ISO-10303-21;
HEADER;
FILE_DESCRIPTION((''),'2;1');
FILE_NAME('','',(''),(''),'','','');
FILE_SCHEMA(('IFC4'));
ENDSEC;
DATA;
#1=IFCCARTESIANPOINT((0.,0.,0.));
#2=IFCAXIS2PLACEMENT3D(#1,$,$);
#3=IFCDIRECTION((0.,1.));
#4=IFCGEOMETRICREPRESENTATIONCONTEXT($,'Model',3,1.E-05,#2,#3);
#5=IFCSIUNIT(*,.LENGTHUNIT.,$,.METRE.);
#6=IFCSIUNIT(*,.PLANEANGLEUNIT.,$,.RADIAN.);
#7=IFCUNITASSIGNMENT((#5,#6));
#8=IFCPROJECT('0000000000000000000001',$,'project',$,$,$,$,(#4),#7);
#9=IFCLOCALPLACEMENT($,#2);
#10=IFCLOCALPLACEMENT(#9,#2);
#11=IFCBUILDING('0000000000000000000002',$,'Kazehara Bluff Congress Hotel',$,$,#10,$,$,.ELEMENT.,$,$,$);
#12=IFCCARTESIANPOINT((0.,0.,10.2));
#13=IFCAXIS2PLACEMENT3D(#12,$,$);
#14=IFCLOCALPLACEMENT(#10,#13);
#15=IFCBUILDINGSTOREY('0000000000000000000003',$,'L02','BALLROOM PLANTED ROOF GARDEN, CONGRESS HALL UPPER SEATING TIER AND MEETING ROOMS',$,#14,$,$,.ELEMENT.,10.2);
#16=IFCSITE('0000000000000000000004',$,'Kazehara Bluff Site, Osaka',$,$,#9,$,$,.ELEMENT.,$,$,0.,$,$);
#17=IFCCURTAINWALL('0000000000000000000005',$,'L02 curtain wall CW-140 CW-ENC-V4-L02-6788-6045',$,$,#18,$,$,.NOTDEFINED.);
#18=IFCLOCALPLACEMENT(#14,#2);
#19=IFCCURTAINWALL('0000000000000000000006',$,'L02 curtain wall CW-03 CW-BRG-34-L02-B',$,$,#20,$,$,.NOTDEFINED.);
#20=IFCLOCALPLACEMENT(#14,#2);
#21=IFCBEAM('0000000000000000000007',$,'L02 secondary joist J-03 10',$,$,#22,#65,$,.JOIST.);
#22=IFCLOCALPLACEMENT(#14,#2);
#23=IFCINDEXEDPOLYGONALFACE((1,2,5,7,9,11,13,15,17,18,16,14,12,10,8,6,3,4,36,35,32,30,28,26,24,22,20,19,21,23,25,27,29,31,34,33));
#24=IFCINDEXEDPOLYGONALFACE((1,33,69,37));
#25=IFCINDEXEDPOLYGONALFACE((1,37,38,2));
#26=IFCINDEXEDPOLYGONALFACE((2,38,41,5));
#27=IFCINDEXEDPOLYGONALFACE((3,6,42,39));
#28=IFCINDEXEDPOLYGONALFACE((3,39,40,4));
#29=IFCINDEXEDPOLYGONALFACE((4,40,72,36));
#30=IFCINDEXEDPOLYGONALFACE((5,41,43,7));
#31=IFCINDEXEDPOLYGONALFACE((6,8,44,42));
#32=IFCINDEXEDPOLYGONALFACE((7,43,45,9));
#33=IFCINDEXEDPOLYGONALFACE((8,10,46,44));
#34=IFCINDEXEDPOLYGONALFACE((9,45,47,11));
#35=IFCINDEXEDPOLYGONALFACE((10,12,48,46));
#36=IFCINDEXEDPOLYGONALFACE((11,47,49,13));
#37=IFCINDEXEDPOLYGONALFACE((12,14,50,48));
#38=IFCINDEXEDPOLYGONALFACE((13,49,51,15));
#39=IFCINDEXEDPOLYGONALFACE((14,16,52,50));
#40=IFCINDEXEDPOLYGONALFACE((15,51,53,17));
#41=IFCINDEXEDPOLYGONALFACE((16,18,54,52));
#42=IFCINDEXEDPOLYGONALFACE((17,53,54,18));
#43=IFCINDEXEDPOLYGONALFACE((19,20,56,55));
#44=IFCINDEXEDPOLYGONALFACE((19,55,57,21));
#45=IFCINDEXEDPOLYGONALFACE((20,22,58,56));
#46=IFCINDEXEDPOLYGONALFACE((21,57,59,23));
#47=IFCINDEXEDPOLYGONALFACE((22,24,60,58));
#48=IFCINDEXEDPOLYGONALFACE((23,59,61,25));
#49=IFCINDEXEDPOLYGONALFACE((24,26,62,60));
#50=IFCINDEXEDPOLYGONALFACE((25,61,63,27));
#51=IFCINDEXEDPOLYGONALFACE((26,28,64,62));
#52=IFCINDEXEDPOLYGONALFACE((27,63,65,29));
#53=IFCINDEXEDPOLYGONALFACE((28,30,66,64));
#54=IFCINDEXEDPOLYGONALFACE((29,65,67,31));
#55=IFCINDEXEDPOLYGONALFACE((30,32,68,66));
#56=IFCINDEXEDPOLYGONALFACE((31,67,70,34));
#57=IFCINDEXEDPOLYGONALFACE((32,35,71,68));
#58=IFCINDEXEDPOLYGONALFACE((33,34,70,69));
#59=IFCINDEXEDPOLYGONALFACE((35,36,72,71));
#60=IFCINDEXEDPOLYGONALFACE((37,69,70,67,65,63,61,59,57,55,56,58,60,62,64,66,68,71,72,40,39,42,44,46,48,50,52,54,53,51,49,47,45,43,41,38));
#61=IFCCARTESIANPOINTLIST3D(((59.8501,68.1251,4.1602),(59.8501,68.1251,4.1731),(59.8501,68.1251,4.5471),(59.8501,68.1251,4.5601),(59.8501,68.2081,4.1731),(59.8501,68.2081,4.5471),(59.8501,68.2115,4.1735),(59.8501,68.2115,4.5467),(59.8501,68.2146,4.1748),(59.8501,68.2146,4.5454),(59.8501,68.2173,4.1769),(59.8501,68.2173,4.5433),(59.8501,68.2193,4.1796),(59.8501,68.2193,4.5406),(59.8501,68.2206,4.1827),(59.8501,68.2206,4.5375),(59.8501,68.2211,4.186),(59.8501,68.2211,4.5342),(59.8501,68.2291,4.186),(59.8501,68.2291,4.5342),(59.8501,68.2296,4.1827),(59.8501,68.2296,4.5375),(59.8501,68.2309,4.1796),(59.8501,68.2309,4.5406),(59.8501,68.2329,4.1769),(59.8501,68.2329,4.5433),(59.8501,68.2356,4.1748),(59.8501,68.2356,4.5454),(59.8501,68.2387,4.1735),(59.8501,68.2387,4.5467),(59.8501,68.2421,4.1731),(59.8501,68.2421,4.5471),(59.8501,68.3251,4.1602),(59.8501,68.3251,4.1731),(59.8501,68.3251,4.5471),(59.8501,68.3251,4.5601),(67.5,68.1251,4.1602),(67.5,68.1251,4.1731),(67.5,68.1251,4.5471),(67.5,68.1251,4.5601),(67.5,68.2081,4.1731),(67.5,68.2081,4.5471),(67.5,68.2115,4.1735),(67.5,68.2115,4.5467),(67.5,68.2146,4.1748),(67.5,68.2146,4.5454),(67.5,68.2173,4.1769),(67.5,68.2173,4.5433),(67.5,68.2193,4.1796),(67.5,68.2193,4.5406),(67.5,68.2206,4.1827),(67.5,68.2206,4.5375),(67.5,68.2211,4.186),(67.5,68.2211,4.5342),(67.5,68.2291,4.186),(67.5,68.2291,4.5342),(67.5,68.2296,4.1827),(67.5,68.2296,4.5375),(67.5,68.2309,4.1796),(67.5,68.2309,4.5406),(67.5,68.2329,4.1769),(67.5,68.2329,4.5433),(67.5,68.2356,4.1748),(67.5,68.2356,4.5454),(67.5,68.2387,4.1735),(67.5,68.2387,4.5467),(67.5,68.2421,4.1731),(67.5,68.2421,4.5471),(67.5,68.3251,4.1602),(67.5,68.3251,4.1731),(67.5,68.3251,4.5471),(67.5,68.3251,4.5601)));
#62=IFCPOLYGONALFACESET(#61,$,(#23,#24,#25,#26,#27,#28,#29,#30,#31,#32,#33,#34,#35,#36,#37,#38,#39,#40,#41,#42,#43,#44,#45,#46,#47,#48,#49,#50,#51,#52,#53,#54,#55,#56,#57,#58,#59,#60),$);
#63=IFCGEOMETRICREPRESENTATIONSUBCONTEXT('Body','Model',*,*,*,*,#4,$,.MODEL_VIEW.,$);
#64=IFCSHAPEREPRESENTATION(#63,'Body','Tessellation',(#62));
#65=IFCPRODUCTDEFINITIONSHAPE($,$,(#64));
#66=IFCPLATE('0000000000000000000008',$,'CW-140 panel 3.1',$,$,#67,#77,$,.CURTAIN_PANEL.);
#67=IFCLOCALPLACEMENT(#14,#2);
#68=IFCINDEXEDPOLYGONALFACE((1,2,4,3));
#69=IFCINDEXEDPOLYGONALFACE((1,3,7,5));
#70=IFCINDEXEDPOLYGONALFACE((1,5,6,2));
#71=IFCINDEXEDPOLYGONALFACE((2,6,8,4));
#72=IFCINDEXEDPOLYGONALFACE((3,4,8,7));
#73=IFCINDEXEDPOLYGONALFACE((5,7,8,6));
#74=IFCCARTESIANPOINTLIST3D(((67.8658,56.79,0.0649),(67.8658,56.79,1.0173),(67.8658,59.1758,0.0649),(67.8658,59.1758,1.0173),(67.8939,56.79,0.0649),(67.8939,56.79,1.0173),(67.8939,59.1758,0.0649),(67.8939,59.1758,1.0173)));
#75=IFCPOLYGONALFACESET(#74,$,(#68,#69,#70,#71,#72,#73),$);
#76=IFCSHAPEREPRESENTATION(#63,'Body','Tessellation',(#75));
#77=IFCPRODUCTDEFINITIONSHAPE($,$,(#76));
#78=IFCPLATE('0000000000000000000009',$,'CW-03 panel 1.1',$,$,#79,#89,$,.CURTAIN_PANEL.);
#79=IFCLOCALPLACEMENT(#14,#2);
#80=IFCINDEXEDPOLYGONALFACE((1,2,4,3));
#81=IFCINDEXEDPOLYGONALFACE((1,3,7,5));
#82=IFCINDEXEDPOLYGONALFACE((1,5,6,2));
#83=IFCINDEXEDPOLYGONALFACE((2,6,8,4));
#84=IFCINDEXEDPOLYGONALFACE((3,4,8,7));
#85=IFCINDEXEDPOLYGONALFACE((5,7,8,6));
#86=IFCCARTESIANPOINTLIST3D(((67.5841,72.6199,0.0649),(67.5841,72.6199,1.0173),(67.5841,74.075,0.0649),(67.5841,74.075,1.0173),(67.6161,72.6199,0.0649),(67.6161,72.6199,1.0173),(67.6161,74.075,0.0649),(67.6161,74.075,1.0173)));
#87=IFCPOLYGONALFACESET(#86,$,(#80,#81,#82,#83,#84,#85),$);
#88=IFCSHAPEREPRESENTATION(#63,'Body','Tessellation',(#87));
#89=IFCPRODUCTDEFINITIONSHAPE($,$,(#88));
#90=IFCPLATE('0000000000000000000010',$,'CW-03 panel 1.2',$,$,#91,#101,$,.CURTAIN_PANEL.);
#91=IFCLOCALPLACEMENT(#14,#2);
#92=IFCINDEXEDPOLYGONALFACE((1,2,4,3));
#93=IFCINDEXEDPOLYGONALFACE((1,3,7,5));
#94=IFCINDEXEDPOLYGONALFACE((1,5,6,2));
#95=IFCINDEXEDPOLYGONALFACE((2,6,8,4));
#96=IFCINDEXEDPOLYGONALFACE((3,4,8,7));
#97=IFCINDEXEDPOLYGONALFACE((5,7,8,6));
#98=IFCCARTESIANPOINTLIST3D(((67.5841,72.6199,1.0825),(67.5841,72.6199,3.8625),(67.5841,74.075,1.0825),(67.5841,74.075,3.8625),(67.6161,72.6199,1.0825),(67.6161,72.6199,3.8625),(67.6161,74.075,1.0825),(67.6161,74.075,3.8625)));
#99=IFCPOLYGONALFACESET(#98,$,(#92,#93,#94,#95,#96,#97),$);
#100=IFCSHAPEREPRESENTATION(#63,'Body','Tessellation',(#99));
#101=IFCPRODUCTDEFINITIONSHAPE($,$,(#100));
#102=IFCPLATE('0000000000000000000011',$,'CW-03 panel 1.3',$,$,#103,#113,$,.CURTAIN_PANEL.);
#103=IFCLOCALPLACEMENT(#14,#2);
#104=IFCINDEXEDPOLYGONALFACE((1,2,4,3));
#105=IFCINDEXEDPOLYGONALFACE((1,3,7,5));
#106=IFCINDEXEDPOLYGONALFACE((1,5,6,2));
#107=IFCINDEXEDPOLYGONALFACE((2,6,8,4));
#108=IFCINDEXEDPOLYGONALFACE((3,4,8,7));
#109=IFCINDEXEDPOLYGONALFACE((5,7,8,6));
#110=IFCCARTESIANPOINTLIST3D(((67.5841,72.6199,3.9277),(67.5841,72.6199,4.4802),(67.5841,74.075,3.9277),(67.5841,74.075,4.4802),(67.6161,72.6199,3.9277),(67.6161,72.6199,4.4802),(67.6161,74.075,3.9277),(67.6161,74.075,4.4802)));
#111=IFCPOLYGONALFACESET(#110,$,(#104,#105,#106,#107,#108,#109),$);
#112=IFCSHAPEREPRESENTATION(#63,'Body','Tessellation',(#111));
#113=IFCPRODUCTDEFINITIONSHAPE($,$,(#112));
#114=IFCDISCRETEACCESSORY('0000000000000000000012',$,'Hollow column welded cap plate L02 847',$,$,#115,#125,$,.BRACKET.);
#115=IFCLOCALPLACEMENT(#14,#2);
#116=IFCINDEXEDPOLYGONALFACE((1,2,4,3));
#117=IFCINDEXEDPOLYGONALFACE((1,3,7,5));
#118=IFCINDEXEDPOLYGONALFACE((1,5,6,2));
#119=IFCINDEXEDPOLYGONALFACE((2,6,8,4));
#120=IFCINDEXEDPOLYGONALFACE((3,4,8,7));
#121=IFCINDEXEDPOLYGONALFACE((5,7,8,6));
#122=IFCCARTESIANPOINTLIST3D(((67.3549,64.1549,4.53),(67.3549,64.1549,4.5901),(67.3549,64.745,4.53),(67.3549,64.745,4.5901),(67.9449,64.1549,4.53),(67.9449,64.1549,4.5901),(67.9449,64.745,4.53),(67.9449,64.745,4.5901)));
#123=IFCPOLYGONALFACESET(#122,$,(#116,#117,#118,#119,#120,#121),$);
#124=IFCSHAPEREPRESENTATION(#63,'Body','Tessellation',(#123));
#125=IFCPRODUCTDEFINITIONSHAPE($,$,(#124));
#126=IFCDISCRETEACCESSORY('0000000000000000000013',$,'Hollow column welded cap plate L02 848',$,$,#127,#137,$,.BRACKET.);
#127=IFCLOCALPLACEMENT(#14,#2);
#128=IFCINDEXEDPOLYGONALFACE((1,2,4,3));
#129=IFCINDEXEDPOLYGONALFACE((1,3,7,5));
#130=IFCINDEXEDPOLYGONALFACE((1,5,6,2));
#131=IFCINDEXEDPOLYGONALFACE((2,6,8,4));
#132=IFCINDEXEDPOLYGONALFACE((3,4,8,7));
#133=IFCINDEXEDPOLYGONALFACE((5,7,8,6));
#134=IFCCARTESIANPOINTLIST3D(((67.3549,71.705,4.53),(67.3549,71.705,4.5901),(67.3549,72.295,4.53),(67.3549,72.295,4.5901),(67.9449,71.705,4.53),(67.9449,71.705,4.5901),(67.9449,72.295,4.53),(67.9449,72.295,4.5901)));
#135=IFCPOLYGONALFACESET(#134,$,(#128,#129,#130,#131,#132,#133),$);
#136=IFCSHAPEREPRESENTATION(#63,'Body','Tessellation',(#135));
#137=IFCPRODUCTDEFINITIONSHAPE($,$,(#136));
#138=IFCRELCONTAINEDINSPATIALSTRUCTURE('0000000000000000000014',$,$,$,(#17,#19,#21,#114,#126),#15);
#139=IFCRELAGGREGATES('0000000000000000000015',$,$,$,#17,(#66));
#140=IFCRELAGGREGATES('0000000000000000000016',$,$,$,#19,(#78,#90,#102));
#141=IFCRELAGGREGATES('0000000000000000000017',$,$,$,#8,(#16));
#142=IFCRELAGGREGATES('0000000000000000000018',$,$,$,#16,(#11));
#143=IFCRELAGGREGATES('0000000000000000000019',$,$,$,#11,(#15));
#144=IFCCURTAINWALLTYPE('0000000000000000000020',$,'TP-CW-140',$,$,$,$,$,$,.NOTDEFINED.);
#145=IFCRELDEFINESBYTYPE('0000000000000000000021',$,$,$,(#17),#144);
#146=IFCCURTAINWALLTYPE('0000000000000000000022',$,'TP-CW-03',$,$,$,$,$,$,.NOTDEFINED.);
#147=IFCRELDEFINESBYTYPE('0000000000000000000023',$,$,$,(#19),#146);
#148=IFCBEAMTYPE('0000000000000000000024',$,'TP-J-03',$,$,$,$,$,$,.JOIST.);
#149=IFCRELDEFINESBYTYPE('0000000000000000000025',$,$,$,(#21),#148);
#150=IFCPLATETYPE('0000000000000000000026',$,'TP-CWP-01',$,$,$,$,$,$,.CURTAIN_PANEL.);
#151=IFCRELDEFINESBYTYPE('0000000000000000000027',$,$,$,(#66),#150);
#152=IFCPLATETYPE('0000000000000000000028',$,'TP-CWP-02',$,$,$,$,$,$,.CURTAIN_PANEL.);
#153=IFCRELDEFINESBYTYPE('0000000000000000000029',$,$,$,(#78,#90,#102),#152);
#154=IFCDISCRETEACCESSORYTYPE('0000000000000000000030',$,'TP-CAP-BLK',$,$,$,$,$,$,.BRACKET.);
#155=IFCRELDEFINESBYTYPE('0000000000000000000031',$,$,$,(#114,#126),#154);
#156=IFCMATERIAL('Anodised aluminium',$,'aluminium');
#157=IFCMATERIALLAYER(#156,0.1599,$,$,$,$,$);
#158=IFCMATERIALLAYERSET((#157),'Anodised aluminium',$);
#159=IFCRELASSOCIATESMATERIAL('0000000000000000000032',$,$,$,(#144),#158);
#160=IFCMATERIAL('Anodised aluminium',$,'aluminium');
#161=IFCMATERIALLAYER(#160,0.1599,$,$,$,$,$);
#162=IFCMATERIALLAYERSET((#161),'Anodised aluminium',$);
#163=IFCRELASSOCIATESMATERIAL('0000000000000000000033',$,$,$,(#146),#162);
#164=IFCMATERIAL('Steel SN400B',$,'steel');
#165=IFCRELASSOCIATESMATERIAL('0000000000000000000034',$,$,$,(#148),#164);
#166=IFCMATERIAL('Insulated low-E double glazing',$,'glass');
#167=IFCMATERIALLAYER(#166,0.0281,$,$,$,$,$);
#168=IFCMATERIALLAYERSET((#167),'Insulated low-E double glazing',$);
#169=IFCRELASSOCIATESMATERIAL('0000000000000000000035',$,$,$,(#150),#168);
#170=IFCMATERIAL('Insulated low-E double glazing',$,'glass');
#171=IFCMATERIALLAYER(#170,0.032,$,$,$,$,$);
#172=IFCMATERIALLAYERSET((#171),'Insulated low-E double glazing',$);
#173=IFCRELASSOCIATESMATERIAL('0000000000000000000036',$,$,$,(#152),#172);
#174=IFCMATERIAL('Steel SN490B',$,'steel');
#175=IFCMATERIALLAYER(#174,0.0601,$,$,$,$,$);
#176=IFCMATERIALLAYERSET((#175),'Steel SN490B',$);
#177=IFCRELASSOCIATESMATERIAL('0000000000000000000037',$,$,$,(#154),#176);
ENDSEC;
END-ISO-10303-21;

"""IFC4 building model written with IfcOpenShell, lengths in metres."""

from ifc_helpers import new_model, si_unit, direction, frame, origin, origin_2d, place, context, subcontext, project, spatial, rectangle, i_section, extrude, material, layer, layer_set, material_profile, profile_set, type_object, element, aggregate, save


model = new_model("IFC4")

# Units and contexts
model_context = context("Model", 3, precision=1e-05, world=origin(), true_north=direction((0.0, 1.0)))
body_context = subcontext(model_context, "Body", "Model", "MODEL_VIEW")
ifc_project = project(units=[si_unit("LENGTHUNIT", "METRE"), si_unit("PLANEANGLEUNIT", "RADIAN")], contexts=[model_context])

# Site, building, storey
site_placement = place(None, origin())
site = spatial("IfcSite", under=ifc_project, at=site_placement, Name="Kazehara Bluff Site, Osaka", CompositionType="ELEMENT", RefElevation=0.0)
building_placement = place(site_placement, origin())
building = spatial("IfcBuilding", under=site, at=building_placement, Name="Kazehara Bluff Congress Hotel", CompositionType="ELEMENT")
storey_placement = place(building_placement, frame((0.0, 0.0, 10.2)))
storey = spatial("IfcBuildingStorey", under=building, at=storey_placement, Name="L02", Description="BALLROOM PLANTED ROOF GARDEN, CONGRESS HALL UPPER SEATING TIER AND MEETING ROOMS", CompositionType="ELEMENT", Elevation=10.2)

# Curtain wall
ifc_material_1 = material(Name="Anodised aluminium", Category="aluminium")
ifc_layer_1 = layer(ifc_material_1, 0.1599)
ifc_layer_set_1 = layer_set([ifc_layer_1], Name="Anodised aluminium")
curtain_wall_type_1 = type_object("IfcCurtainWallType", Name="TP-CW-140", PredefinedType="NOTDEFINED", material=ifc_layer_set_1)
curtain_wall_1_placement = place(storey_placement, origin())
curtain_wall_1 = element("IfcCurtainWall", 1, at=curtain_wall_1_placement, inside=storey, type_object=curtain_wall_type_1, Name="L02 curtain wall CW-140 CW-ENC-V4-L02-6788-6045", PredefinedType="NOTDEFINED")

# Curtain wall
ifc_material_2 = material(Name="Anodised aluminium", Category="aluminium")
ifc_layer_2 = layer(ifc_material_2, 0.1599)
ifc_layer_set_2 = layer_set([ifc_layer_2], Name="Anodised aluminium")
curtain_wall_type_2 = type_object("IfcCurtainWallType", Name="TP-CW-03", PredefinedType="NOTDEFINED", material=ifc_layer_set_2)
curtain_wall_2_placement = place(storey_placement, origin())
curtain_wall_2 = element("IfcCurtainWall", 2, at=curtain_wall_2_placement, inside=storey, type_object=curtain_wall_type_2, Name="L02 curtain wall CW-03 CW-BRG-34-L02-B", PredefinedType="NOTDEFINED")

# Beam
ifc_material_3 = material(Name="Steel SN400B", Category="steel")
ifc_material_profile_1 = material_profile(ifc_material_3, i_section(OverallWidth=0.2, OverallDepth=0.3999, WebThickness=0.0081, FlangeThickness=0.0129, FilletRadius=0.0129, at=origin_2d()))
ifc_profile_set_1 = profile_set([ifc_material_profile_1], Name="Steel SN400B")
beam_type_1 = type_object("IfcBeamType", Name="TP-J-03", PredefinedType="JOIST", material=ifc_profile_set_1)
for number, where, z_axis, x_axis, name in (
    (3, (59.8501, 68.2251, 4.3601), (1.0, 0.0, 0.0), (0.0, 1.0, 0.0), "L02 secondary joist J-03 10"),
):
    element("IfcBeam", number, at=place(storey_placement, frame(where, z_axis=z_axis, x_axis=x_axis)), inside=storey, type_object=beam_type_1, Name=name, PredefinedType="JOIST", context=body_context, shape_type="SweptSolid", body=[
        extrude(i_section(OverallWidth=0.2, OverallDepth=0.3999, WebThickness=0.0081, FlangeThickness=0.0129, FilletRadius=0.0129, at=origin_2d()), origin(), (0.0, 0.0, 1.0), 7.6499),
    ])

# Plates
ifc_material_4 = material(Name="Insulated low-E double glazing", Category="glass")
ifc_layer_3 = layer(ifc_material_4, 0.0281)
ifc_layer_set_3 = layer_set([ifc_layer_3], Name="Insulated low-E double glazing")
plate_type_1 = type_object("IfcPlateType", Name="TP-CWP-01", PredefinedType="CURTAIN_PANEL", material=ifc_layer_set_3)
plate_1_placement = place(storey_placement, frame((67.8799, 57.9829, 0.0649), z_axis=(0.0, 0.0, 1.0), x_axis=(0.0, -1.0, 0.0)))
plate_1 = element("IfcPlate", 4, at=plate_1_placement, type_object=plate_type_1, Name="CW-140 panel 3.1", PredefinedType="CURTAIN_PANEL", context=body_context, shape_type="SweptSolid", body=[
    extrude(rectangle(XDim=2.3857, YDim=0.0281, at=origin_2d()), origin(), (0.0, 0.0, 1.0), 0.9524),
])
aggregate(curtain_wall_1, [plate_1])
ifc_material_5 = material(Name="Insulated low-E double glazing", Category="glass")
ifc_layer_4 = layer(ifc_material_5, 0.032)
ifc_layer_set_4 = layer_set([ifc_layer_4], Name="Insulated low-E double glazing")
plate_type_2 = type_object("IfcPlateType", Name="TP-CWP-02", PredefinedType="CURTAIN_PANEL", material=ifc_layer_set_4)
plate_2_placement = place(storey_placement, frame((67.6001, 73.3474, 0.0649), z_axis=(0.0, 0.0, 1.0), x_axis=(0.0, 1.0, 0.0)))
plate_2 = element("IfcPlate", 5, at=plate_2_placement, type_object=plate_type_2, Name="CW-03 panel 1.1", PredefinedType="CURTAIN_PANEL", context=body_context, shape_type="SweptSolid", body=[
    extrude(rectangle(XDim=1.4551, YDim=0.032, at=origin_2d()), origin(), (0.0, 0.0, 1.0), 0.9524),
])
plate_3_placement = place(storey_placement, frame((67.6001, 73.3474, 1.0825), z_axis=(0.0, 0.0, 1.0), x_axis=(0.0, 1.0, 0.0)))
plate_3 = element("IfcPlate", 6, at=plate_3_placement, type_object=plate_type_2, Name="CW-03 panel 1.2", PredefinedType="CURTAIN_PANEL", context=body_context, shape_type="SweptSolid", body=[
    extrude(rectangle(XDim=1.4551, YDim=0.032, at=origin_2d()), origin(), (0.0, 0.0, 1.0), 2.78),
])
plate_4_placement = place(storey_placement, frame((67.6001, 73.3474, 3.9277), z_axis=(0.0, 0.0, 1.0), x_axis=(0.0, 1.0, 0.0)))
plate_4 = element("IfcPlate", 7, at=plate_4_placement, type_object=plate_type_2, Name="CW-03 panel 1.3", PredefinedType="CURTAIN_PANEL", context=body_context, shape_type="SweptSolid", body=[
    extrude(rectangle(XDim=1.4551, YDim=0.032, at=origin_2d()), origin(), (0.0, 0.0, 1.0), 0.5525),
])
aggregate(curtain_wall_2, [plate_2, plate_3, plate_4])

# Discrete accessories
ifc_material_6 = material(Name="Steel SN490B", Category="steel")
ifc_layer_5 = layer(ifc_material_6, 0.0601)
ifc_layer_set_5 = layer_set([ifc_layer_5], Name="Steel SN490B")
discrete_accessory_type = type_object("IfcDiscreteAccessoryType", Name="TP-CAP-BLK", PredefinedType="BRACKET", material=ifc_layer_set_5)
for number, where, z_axis, x_axis, name in (
    (8, (67.6499, 64.45, 4.53), (0.0, 0.0, 1.0), (1.0, 0.0, 0.0), "Hollow column welded cap plate L02 847"),
    (9, (67.6499, 72.0, 4.53), (0.0, 0.0, 1.0), (1.0, 0.0, 0.0), "Hollow column welded cap plate L02 848"),
):
    element("IfcDiscreteAccessory", number, at=place(storey_placement, frame(where, z_axis=z_axis, x_axis=x_axis)), inside=storey, type_object=discrete_accessory_type, Name=name, PredefinedType="BRACKET", context=body_context, shape_type="SweptSolid", body=[
        extrude(rectangle(XDim=0.5901, YDim=0.5901, at=origin_2d()), origin(), (0.0, 0.0, 1.0), 0.0601),
    ])

save(model, "model.ifc")
